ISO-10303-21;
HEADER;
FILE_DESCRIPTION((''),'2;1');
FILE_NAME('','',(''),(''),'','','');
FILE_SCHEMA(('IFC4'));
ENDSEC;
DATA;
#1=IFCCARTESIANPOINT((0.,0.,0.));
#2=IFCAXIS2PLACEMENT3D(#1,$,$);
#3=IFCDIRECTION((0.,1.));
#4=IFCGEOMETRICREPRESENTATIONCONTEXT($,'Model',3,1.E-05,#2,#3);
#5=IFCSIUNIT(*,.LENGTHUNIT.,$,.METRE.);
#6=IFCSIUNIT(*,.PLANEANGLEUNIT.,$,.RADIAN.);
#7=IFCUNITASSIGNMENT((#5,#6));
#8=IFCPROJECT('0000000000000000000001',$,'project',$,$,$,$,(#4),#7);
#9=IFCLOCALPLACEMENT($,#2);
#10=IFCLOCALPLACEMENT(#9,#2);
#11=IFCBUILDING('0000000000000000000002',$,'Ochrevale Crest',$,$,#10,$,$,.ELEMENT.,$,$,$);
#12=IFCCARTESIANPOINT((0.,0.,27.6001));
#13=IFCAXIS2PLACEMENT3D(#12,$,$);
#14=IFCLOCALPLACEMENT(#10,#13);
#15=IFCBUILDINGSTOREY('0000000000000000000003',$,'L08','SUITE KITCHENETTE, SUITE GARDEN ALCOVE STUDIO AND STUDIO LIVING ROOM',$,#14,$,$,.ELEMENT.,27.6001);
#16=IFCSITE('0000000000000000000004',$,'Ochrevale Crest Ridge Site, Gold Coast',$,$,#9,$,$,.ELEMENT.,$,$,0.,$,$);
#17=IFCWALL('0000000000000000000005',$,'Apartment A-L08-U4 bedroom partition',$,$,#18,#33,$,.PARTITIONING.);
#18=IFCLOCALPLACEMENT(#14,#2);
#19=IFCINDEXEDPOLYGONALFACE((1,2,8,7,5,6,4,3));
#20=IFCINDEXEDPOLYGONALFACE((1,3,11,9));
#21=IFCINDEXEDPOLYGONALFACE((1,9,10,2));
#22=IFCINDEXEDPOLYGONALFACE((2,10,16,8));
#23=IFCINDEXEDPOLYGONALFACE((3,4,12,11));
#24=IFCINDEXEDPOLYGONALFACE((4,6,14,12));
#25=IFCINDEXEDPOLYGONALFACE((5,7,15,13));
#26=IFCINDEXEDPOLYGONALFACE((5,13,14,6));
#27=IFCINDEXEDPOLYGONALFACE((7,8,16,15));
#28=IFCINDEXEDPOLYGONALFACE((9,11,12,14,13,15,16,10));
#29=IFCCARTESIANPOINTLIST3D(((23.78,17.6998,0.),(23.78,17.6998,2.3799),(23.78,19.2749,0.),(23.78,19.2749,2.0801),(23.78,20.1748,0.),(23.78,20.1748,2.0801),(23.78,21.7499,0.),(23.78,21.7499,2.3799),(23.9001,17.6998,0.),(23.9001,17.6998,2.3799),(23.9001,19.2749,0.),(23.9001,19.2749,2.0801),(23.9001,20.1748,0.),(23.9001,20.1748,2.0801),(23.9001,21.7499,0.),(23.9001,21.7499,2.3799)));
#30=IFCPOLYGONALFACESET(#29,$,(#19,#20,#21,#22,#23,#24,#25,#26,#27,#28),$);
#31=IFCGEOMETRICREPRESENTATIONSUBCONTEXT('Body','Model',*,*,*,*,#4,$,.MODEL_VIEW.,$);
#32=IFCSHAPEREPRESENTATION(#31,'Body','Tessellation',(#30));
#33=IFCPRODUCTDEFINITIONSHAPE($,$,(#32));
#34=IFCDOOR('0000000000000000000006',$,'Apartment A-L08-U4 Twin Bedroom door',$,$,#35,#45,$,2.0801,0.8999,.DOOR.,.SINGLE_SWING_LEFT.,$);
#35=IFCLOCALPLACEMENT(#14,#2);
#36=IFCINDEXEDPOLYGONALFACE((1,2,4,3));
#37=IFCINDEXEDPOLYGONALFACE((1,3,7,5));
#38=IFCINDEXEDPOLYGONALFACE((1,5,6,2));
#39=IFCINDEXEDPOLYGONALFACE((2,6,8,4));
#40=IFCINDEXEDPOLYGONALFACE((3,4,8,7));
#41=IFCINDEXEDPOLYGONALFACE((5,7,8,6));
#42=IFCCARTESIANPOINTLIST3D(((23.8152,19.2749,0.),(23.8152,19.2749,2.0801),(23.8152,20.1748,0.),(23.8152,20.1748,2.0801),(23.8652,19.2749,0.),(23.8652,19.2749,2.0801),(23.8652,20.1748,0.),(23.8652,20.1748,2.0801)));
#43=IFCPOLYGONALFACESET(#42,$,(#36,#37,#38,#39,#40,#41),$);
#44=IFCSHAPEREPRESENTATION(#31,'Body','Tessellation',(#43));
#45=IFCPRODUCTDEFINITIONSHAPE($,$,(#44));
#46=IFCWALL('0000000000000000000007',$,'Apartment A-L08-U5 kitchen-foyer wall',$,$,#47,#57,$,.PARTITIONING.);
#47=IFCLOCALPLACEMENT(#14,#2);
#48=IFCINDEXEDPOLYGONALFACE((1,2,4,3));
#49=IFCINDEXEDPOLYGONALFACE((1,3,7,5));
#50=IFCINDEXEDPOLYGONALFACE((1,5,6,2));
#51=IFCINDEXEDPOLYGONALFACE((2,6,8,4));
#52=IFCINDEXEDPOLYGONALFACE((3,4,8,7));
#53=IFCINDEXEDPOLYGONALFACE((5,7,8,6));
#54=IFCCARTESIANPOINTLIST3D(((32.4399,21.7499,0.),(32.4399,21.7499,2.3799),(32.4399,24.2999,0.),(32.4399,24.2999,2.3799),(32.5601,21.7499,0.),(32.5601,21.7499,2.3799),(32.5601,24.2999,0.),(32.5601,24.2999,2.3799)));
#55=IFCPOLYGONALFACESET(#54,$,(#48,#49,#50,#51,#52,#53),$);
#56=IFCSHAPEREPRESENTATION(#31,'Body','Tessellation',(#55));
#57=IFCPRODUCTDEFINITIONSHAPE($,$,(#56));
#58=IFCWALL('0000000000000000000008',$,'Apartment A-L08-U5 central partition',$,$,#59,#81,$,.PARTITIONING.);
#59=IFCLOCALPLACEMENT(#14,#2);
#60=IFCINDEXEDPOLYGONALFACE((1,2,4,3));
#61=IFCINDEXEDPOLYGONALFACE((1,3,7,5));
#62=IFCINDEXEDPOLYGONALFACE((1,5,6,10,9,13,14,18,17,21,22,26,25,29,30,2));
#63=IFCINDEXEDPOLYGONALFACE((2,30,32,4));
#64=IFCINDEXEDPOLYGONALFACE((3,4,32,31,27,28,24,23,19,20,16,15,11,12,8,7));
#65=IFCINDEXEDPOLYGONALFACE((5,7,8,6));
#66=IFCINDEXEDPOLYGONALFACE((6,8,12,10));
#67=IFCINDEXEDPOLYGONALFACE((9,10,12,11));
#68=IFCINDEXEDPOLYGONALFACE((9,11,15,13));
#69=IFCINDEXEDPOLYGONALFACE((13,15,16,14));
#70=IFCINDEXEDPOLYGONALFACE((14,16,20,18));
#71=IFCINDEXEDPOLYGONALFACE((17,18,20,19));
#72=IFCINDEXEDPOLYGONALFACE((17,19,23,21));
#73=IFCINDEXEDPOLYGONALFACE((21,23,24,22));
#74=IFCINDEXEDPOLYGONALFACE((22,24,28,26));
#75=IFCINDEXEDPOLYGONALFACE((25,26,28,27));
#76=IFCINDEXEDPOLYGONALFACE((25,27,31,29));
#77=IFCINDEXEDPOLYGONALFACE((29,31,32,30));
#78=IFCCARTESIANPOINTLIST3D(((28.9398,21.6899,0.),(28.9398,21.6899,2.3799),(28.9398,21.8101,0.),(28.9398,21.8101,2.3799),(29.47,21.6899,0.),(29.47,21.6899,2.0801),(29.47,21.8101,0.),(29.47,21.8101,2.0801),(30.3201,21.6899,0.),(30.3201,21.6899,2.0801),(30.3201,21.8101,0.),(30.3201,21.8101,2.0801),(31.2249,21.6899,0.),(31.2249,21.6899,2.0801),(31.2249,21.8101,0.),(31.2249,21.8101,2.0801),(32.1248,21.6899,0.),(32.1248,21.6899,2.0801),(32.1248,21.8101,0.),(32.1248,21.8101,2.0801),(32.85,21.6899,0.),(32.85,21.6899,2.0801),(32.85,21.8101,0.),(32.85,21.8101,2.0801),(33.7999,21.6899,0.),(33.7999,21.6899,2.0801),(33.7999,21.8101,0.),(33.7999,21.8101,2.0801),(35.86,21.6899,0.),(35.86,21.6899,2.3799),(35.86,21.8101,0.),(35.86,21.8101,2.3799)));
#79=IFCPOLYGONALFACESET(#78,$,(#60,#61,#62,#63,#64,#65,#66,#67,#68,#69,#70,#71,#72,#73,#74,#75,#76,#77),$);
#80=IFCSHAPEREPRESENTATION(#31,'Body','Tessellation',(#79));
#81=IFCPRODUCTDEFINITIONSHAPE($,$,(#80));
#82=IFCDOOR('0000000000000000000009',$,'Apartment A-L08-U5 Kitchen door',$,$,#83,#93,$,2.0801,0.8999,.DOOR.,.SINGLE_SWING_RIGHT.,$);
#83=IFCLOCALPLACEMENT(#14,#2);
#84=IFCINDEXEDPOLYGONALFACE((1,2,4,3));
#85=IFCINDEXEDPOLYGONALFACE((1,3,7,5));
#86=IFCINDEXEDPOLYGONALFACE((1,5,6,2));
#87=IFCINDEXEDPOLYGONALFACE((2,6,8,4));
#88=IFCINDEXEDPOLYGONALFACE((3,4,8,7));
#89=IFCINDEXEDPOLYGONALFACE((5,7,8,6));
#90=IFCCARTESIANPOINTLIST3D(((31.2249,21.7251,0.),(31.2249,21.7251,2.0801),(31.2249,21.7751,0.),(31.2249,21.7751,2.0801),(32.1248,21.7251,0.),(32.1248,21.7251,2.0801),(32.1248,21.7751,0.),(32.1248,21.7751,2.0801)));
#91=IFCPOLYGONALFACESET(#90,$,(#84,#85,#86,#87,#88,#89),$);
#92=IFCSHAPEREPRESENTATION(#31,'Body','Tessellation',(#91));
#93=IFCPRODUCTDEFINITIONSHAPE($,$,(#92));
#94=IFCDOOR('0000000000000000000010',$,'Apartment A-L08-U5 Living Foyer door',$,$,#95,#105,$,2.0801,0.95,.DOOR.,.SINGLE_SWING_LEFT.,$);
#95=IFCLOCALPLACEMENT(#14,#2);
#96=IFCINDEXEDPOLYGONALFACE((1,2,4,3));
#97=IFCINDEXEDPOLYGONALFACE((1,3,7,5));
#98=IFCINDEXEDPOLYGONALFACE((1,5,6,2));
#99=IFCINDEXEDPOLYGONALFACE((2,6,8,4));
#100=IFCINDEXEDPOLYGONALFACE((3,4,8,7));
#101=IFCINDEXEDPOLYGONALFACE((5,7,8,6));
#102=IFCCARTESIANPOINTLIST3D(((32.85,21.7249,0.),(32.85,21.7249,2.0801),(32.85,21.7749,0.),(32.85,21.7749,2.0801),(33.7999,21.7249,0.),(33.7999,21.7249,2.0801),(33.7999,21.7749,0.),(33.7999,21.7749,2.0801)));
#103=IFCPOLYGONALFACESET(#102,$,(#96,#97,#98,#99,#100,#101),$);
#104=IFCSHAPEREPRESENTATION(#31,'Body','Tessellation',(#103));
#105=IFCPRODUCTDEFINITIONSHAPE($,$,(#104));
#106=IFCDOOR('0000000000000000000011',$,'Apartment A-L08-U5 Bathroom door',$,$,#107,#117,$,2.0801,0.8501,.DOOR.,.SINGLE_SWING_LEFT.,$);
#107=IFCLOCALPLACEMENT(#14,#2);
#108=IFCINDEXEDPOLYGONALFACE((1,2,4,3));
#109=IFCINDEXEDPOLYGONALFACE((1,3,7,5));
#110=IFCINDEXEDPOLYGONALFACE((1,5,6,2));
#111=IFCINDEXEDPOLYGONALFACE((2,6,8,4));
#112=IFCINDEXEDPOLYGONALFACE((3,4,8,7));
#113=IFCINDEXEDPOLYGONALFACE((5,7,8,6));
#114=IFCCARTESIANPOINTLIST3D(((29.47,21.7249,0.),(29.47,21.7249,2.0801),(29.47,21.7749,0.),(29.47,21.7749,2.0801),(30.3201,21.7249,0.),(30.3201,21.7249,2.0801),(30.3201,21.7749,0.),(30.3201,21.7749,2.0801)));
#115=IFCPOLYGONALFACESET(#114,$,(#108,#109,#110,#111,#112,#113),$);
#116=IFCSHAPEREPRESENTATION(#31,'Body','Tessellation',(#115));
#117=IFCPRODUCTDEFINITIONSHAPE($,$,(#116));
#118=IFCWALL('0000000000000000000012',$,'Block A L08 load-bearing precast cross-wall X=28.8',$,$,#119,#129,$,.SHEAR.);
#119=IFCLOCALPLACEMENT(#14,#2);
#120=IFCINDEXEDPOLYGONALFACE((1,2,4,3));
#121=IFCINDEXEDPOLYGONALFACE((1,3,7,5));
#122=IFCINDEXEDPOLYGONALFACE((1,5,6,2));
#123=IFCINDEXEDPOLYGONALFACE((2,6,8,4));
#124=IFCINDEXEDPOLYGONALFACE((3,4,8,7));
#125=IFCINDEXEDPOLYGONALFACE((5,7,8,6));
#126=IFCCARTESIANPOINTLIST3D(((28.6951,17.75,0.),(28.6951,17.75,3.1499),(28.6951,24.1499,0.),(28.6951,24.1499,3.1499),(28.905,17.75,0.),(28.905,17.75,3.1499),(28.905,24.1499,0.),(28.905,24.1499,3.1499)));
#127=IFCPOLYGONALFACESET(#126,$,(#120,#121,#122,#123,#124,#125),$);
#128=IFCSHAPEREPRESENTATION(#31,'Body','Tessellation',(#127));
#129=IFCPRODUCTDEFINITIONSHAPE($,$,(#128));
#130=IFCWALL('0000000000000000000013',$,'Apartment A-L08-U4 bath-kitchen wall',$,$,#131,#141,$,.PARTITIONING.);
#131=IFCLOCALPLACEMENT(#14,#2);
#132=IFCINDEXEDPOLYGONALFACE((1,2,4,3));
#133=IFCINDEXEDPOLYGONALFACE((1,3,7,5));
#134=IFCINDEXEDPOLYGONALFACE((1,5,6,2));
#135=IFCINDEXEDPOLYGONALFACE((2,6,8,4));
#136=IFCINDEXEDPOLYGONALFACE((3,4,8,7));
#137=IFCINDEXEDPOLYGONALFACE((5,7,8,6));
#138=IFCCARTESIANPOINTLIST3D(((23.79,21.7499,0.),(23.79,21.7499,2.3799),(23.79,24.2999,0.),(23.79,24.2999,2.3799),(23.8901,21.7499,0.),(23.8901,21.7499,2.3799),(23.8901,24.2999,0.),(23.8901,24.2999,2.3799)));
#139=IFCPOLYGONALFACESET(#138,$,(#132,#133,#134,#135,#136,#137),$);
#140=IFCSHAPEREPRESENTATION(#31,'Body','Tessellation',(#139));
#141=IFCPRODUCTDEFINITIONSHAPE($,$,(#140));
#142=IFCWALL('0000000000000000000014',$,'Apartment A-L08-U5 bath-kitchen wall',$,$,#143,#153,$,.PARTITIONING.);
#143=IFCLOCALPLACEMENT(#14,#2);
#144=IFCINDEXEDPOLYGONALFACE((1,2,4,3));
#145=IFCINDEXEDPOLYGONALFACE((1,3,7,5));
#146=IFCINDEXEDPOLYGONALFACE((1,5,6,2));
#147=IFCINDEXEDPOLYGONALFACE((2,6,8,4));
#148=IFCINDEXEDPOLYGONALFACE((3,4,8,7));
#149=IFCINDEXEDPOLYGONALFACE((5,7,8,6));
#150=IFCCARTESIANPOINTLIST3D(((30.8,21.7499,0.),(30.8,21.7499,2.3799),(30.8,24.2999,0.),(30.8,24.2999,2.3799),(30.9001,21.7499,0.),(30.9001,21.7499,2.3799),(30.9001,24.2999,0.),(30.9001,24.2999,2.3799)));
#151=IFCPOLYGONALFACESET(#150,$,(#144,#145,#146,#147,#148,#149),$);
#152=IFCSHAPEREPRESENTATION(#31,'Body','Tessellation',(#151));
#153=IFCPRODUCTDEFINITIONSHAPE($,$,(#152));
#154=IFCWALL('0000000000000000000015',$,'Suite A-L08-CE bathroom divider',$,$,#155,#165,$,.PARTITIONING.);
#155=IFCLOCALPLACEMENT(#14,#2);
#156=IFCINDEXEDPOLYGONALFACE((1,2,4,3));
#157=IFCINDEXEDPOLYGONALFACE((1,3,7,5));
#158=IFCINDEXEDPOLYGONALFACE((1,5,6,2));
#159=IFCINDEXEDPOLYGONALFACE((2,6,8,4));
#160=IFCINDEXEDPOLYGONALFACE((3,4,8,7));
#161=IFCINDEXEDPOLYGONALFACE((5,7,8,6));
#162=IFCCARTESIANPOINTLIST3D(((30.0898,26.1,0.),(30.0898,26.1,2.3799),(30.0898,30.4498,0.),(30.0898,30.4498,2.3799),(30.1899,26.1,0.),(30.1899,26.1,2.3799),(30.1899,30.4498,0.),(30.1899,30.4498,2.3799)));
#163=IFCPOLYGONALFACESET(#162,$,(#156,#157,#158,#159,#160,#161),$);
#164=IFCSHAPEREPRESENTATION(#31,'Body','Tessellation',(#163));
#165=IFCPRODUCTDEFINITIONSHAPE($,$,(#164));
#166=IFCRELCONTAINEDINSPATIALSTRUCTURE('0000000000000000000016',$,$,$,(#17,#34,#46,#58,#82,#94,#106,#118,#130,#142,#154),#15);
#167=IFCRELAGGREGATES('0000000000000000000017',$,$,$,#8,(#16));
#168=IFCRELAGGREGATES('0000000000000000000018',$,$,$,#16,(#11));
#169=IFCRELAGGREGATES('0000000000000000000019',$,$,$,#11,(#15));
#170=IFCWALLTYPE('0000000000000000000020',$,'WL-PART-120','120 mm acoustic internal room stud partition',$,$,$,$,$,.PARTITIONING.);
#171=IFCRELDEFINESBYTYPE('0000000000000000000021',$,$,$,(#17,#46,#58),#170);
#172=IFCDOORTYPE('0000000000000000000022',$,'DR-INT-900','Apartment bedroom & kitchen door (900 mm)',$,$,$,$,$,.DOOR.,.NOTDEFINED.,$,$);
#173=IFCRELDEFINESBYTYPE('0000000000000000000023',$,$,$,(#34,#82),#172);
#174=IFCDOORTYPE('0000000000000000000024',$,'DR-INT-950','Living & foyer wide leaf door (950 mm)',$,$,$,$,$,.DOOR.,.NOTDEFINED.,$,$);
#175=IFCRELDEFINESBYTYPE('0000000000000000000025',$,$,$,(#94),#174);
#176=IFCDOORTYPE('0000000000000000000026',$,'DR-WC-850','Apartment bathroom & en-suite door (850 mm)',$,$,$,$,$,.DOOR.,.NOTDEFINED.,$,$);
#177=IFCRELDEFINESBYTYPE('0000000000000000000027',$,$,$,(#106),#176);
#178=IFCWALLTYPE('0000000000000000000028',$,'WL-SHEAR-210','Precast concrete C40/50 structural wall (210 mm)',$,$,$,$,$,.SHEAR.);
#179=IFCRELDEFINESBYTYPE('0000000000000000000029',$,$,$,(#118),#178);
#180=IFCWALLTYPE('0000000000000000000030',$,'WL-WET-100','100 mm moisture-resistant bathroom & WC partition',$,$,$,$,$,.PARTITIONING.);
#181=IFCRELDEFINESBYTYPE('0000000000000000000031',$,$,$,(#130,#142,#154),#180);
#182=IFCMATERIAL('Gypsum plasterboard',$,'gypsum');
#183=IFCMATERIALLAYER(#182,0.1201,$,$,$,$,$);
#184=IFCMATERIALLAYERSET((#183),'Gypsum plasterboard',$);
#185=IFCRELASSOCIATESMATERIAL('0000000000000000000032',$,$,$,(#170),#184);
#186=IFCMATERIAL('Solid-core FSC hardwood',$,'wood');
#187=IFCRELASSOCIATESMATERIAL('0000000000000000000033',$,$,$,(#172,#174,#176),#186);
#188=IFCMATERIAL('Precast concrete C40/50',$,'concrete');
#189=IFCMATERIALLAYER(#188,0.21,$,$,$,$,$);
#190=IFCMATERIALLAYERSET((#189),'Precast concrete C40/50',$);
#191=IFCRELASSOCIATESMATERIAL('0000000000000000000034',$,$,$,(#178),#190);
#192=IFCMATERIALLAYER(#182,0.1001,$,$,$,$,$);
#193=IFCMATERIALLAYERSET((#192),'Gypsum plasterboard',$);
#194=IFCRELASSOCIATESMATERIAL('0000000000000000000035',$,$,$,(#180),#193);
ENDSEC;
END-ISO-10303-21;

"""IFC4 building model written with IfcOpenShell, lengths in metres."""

from ifc_helpers import new_model, si_unit, direction, frame, frame_2d, origin, place, context, subcontext, project, spatial, rectangle, extrude, material, layer, layer_set, type_object, element, fill, save


model = new_model("IFC4")

# Units and contexts
model_context = context("Model", 3, precision=1e-05, world=origin(), true_north=direction((0.0, 1.0)))
body_context = subcontext(model_context, "Body", "Model", "MODEL_VIEW")
ifc_project = project(units=[si_unit("LENGTHUNIT", "METRE"), si_unit("PLANEANGLEUNIT", "RADIAN")], contexts=[model_context])

# Site, building, storey
site_placement = place(None, origin())
site = spatial("IfcSite", under=ifc_project, at=site_placement, Name="Ochrevale Crest Ridge Site, Gold Coast", CompositionType="ELEMENT", RefElevation=0.0)
building_placement = place(site_placement, origin())
building = spatial("IfcBuilding", under=site, at=building_placement, Name="Ochrevale Crest", CompositionType="ELEMENT")
storey_placement = place(building_placement, frame((0.0, 0.0, 27.6001)))
storey = spatial("IfcBuildingStorey", under=building, at=storey_placement, Name="L08", Description="SUITE KITCHENETTE, SUITE GARDEN ALCOVE STUDIO AND STUDIO LIVING ROOM", CompositionType="ELEMENT", Elevation=27.6001)

# Shared definitions
ifc_material_1 = material(Name="Gypsum plasterboard", Category="gypsum")
ifc_material_2 = material(Name="Solid-core FSC hardwood", Category="wood")

# Shared definitions
ifc_layer_1 = layer(ifc_material_1, 0.1201)
ifc_layer_set_1 = layer_set([ifc_layer_1], Name="Gypsum plasterboard")
wall_type_1 = type_object("IfcWallType", Name="WL-PART-120", Description="120 mm acoustic internal room stud partition", PredefinedType="PARTITIONING", material=ifc_layer_set_1)

# Wall, opening, door
wall_1_placement = place(storey_placement, frame((23.8401, 17.7, 0.0), z_axis=(0.0, 0.0, 1.0), x_axis=(0.0, 1.0, 0.0)))
wall_1 = element("IfcWall", 1, at=wall_1_placement, inside=storey, type_object=wall_type_1, Name="Apartment A-L08-U4 bedroom partition", PredefinedType="PARTITIONING", context=body_context, shape_type="SweptSolid", body=[
    extrude(rectangle(XDim=4.05, YDim=0.1201, at=frame_2d((2.0249, 0.0))), origin(), (0.0, 0.0, 1.0), 2.3799),
])
opening_1_placement = place(wall_1_placement, frame((1.575, 0.0, 0.0)))
opening_1 = element("IfcOpeningElement", 2, at=opening_1_placement, cuts=wall_1, PredefinedType="OPENING", context=body_context, shape_type="SweptSolid", body=[
    extrude(rectangle(XDim=0.8999, YDim=2.0801, at=frame_2d((0.45, 1.04))), frame((0.0, 0.0701, 0.0), z_axis=(0.0, -1.0, 0.0), x_axis=(1.0, 0.0, 0.0)), (0.0, 0.0, 1.0), 0.1401),
])
door_type_1 = type_object("IfcDoorType", Name="DR-INT-900", Description="Apartment bedroom & kitchen door (900 mm)", OperationType="NOTDEFINED", PredefinedType="DOOR", material=ifc_material_2)
door_1_placement = place(opening_1_placement, origin())
door_1 = element("IfcDoor", 3, at=door_1_placement, inside=storey, type_object=door_type_1, Name="Apartment A-L08-U4 Twin Bedroom door", OperationType="SINGLE_SWING_LEFT", OverallHeight=2.0801, OverallWidth=0.8999, PredefinedType="DOOR", context=body_context, shape_type="SweptSolid", body=[
    extrude(rectangle(XDim=0.8999, YDim=2.0801, at=frame_2d((0.45, 1.04))), frame((0.0, 0.0249, 0.0), z_axis=(0.0, -1.0, 0.0), x_axis=(1.0, 0.0, 0.0)), (0.0, 0.0, 1.0), 0.05),
])
fill(opening_1, door_1)

# Wall
wall_2_placement = place(storey_placement, frame((32.5, 21.75, 0.0), z_axis=(0.0, 0.0, 1.0), x_axis=(0.0, 1.0, 0.0)))
element("IfcWall", 4, at=wall_2_placement, inside=storey, type_object=wall_type_1, Name="Apartment A-L08-U5 kitchen-foyer wall", PredefinedType="PARTITIONING", context=body_context, shape_type="SweptSolid", body=[
    extrude(rectangle(XDim=2.55, YDim=0.1201, at=frame_2d((1.2749, 0.0))), origin(), (0.0, 0.0, 1.0), 2.3799),
])

# Wall, openings, doors
wall_3_placement = place(storey_placement, frame((28.9399, 21.75, 0.0), z_axis=(0.0, 0.0, 1.0), x_axis=(1.0, 0.0, 0.0)))
wall_3 = element("IfcWall", 5, at=wall_3_placement, inside=storey, type_object=wall_type_1, Name="Apartment A-L08-U5 central partition", PredefinedType="PARTITIONING", context=body_context, shape_type="SweptSolid", body=[
    extrude(rectangle(XDim=6.9202, YDim=0.1201, at=frame_2d((3.46, 0.0))), origin(), (0.0, 0.0, 1.0), 2.3799),
])
opening_2_placement = place(wall_3_placement, frame((0.53, 0.0, 0.0)))
opening_2 = element("IfcOpeningElement", 6, at=opening_2_placement, cuts=wall_3, PredefinedType="OPENING", context=body_context, shape_type="SweptSolid", body=[
    extrude(rectangle(XDim=0.8501, YDim=2.0801, at=frame_2d((0.425, 1.04))), frame((0.0, 0.0701, 0.0), z_axis=(0.0, -1.0, 0.0), x_axis=(1.0, 0.0, 0.0)), (0.0, 0.0, 1.0), 0.1401),
])
opening_3_placement = place(wall_3_placement, frame((3.1848, 0.0, 0.0), z_axis=(0.0, 0.0, 1.0), x_axis=(-1.0, 0.0, 0.0)))
opening_3 = element("IfcOpeningElement", 7, at=opening_3_placement, cuts=wall_3, PredefinedType="OPENING", context=body_context, shape_type="SweptSolid", body=[
    extrude(rectangle(XDim=0.8999, YDim=2.0801, at=frame_2d((0.45, 1.04))), frame((0.0, 0.0701, 0.0), z_axis=(0.0, -1.0, 0.0), x_axis=(1.0, 0.0, 0.0)), (0.0, 0.0, 1.0), 0.1401),
])
opening_4_placement = place(wall_3_placement, frame((3.9099, 0.0, 0.0)))
opening_4 = element("IfcOpeningElement", 8, at=opening_4_placement, cuts=wall_3, PredefinedType="OPENING", context=body_context, shape_type="SweptSolid", body=[
    extrude(rectangle(XDim=0.95, YDim=2.0801, at=frame_2d((0.4751, 1.04))), frame((0.0, 0.0701, 0.0), z_axis=(0.0, -1.0, 0.0), x_axis=(1.0, 0.0, 0.0)), (0.0, 0.0, 1.0), 0.1401),
])
door_2_placement = place(opening_3_placement, origin())
door_2 = element("IfcDoor", 9, at=door_2_placement, inside=storey, type_object=door_type_1, Name="Apartment A-L08-U5 Kitchen door", OperationType="SINGLE_SWING_RIGHT", OverallHeight=2.0801, OverallWidth=0.8999, PredefinedType="DOOR", context=body_context, shape_type="SweptSolid", body=[
    extrude(rectangle(XDim=0.8999, YDim=2.0801, at=frame_2d((0.45, 1.04))), frame((0.0, 0.0249, 0.0), z_axis=(0.0, -1.0, 0.0), x_axis=(1.0, 0.0, 0.0)), (0.0, 0.0, 1.0), 0.05),
])
fill(opening_3, door_2)
door_type_2 = type_object("IfcDoorType", Name="DR-INT-950", Description="Living & foyer wide leaf door (950 mm)", OperationType="NOTDEFINED", PredefinedType="DOOR", material=ifc_material_2)
door_3_placement = place(opening_4_placement, origin())
door_3 = element("IfcDoor", 10, at=door_3_placement, inside=storey, type_object=door_type_2, Name="Apartment A-L08-U5 Living Foyer door", OperationType="SINGLE_SWING_LEFT", OverallHeight=2.0801, OverallWidth=0.95, PredefinedType="DOOR", context=body_context, shape_type="SweptSolid", body=[
    extrude(rectangle(XDim=0.95, YDim=2.0801, at=frame_2d((0.4751, 1.04))), frame((0.0, 0.0249, 0.0), z_axis=(0.0, -1.0, 0.0), x_axis=(1.0, 0.0, 0.0)), (0.0, 0.0, 1.0), 0.05),
])
fill(opening_4, door_3)
door_type_3 = type_object("IfcDoorType", Name="DR-WC-850", Description="Apartment bathroom & en-suite door (850 mm)", OperationType="NOTDEFINED", PredefinedType="DOOR", material=ifc_material_2)
door_4_placement = place(opening_2_placement, origin())
door_4 = element("IfcDoor", 11, at=door_4_placement, inside=storey, type_object=door_type_3, Name="Apartment A-L08-U5 Bathroom door", OperationType="SINGLE_SWING_LEFT", OverallHeight=2.0801, OverallWidth=0.8501, PredefinedType="DOOR", context=body_context, shape_type="SweptSolid", body=[
    extrude(rectangle(XDim=0.8501, YDim=2.0801, at=frame_2d((0.425, 1.04))), frame((0.0, 0.0249, 0.0), z_axis=(0.0, -1.0, 0.0), x_axis=(1.0, 0.0, 0.0)), (0.0, 0.0, 1.0), 0.05),
])
fill(opening_2, door_4)

# Walls
ifc_material_3 = material(Name="Precast concrete C40/50", Category="concrete")
ifc_layer_2 = layer(ifc_material_3, 0.21)
ifc_layer_set_2 = layer_set([ifc_layer_2], Name="Precast concrete C40/50")
wall_type_2 = type_object("IfcWallType", Name="WL-SHEAR-210", Description="Precast concrete C40/50 structural wall (210 mm)", PredefinedType="SHEAR", material=ifc_layer_set_2)
wall_4_placement = place(storey_placement, frame((28.8, 17.75, 0.0), z_axis=(0.0, 0.0, 1.0), x_axis=(0.0, 1.0, 0.0)))
element("IfcWall", 12, at=wall_4_placement, inside=storey, type_object=wall_type_2, Name="Block A L08 load-bearing precast cross-wall X=28.8", PredefinedType="SHEAR", context=body_context, shape_type="SweptSolid", body=[
    extrude(rectangle(XDim=6.3999, YDim=0.21, at=frame_2d((3.2, 0.0))), origin(), (0.0, 0.0, 1.0), 3.1499),
])
ifc_layer_3 = layer(ifc_material_1, 0.1001)
ifc_layer_set_3 = layer_set([ifc_layer_3], Name="Gypsum plasterboard")
wall_type_3 = type_object("IfcWallType", Name="WL-WET-100", Description="100 mm moisture-resistant bathroom & WC partition", PredefinedType="PARTITIONING", material=ifc_layer_set_3)
for number, where, z_axis, x_axis, name in (
    (13, (23.8401, 21.75, 0.0), (0.0, 0.0, 1.0), (0.0, 1.0, 0.0), "Apartment A-L08-U4 bath-kitchen wall"),
    (14, (30.8501, 21.75, 0.0), (0.0, 0.0, 1.0), (0.0, 1.0, 0.0), "Apartment A-L08-U5 bath-kitchen wall"),
):
    element("IfcWall", number, at=place(storey_placement, frame(where, z_axis=z_axis, x_axis=x_axis)), inside=storey, type_object=wall_type_3, Name=name, PredefinedType="PARTITIONING", context=body_context, shape_type="SweptSolid", body=[
        extrude(rectangle(XDim=2.55, YDim=0.1001, at=frame_2d((1.2749, 0.0))), origin(), (0.0, 0.0, 1.0), 2.3799),
    ])
wall_5_placement = place(storey_placement, frame((30.1399, 26.1001, 0.0), z_axis=(0.0, 0.0, 1.0), x_axis=(0.0, 1.0, 0.0)))
element("IfcWall", 15, at=wall_5_placement, inside=storey, type_object=wall_type_3, Name="Suite A-L08-CE bathroom divider", PredefinedType="PARTITIONING", context=body_context, shape_type="SweptSolid", body=[
    extrude(rectangle(XDim=4.3499, YDim=0.1001, at=frame_2d((2.1748, 0.0))), origin(), (0.0, 0.0, 1.0), 2.3799),
])

save(model, "model.ifc")
